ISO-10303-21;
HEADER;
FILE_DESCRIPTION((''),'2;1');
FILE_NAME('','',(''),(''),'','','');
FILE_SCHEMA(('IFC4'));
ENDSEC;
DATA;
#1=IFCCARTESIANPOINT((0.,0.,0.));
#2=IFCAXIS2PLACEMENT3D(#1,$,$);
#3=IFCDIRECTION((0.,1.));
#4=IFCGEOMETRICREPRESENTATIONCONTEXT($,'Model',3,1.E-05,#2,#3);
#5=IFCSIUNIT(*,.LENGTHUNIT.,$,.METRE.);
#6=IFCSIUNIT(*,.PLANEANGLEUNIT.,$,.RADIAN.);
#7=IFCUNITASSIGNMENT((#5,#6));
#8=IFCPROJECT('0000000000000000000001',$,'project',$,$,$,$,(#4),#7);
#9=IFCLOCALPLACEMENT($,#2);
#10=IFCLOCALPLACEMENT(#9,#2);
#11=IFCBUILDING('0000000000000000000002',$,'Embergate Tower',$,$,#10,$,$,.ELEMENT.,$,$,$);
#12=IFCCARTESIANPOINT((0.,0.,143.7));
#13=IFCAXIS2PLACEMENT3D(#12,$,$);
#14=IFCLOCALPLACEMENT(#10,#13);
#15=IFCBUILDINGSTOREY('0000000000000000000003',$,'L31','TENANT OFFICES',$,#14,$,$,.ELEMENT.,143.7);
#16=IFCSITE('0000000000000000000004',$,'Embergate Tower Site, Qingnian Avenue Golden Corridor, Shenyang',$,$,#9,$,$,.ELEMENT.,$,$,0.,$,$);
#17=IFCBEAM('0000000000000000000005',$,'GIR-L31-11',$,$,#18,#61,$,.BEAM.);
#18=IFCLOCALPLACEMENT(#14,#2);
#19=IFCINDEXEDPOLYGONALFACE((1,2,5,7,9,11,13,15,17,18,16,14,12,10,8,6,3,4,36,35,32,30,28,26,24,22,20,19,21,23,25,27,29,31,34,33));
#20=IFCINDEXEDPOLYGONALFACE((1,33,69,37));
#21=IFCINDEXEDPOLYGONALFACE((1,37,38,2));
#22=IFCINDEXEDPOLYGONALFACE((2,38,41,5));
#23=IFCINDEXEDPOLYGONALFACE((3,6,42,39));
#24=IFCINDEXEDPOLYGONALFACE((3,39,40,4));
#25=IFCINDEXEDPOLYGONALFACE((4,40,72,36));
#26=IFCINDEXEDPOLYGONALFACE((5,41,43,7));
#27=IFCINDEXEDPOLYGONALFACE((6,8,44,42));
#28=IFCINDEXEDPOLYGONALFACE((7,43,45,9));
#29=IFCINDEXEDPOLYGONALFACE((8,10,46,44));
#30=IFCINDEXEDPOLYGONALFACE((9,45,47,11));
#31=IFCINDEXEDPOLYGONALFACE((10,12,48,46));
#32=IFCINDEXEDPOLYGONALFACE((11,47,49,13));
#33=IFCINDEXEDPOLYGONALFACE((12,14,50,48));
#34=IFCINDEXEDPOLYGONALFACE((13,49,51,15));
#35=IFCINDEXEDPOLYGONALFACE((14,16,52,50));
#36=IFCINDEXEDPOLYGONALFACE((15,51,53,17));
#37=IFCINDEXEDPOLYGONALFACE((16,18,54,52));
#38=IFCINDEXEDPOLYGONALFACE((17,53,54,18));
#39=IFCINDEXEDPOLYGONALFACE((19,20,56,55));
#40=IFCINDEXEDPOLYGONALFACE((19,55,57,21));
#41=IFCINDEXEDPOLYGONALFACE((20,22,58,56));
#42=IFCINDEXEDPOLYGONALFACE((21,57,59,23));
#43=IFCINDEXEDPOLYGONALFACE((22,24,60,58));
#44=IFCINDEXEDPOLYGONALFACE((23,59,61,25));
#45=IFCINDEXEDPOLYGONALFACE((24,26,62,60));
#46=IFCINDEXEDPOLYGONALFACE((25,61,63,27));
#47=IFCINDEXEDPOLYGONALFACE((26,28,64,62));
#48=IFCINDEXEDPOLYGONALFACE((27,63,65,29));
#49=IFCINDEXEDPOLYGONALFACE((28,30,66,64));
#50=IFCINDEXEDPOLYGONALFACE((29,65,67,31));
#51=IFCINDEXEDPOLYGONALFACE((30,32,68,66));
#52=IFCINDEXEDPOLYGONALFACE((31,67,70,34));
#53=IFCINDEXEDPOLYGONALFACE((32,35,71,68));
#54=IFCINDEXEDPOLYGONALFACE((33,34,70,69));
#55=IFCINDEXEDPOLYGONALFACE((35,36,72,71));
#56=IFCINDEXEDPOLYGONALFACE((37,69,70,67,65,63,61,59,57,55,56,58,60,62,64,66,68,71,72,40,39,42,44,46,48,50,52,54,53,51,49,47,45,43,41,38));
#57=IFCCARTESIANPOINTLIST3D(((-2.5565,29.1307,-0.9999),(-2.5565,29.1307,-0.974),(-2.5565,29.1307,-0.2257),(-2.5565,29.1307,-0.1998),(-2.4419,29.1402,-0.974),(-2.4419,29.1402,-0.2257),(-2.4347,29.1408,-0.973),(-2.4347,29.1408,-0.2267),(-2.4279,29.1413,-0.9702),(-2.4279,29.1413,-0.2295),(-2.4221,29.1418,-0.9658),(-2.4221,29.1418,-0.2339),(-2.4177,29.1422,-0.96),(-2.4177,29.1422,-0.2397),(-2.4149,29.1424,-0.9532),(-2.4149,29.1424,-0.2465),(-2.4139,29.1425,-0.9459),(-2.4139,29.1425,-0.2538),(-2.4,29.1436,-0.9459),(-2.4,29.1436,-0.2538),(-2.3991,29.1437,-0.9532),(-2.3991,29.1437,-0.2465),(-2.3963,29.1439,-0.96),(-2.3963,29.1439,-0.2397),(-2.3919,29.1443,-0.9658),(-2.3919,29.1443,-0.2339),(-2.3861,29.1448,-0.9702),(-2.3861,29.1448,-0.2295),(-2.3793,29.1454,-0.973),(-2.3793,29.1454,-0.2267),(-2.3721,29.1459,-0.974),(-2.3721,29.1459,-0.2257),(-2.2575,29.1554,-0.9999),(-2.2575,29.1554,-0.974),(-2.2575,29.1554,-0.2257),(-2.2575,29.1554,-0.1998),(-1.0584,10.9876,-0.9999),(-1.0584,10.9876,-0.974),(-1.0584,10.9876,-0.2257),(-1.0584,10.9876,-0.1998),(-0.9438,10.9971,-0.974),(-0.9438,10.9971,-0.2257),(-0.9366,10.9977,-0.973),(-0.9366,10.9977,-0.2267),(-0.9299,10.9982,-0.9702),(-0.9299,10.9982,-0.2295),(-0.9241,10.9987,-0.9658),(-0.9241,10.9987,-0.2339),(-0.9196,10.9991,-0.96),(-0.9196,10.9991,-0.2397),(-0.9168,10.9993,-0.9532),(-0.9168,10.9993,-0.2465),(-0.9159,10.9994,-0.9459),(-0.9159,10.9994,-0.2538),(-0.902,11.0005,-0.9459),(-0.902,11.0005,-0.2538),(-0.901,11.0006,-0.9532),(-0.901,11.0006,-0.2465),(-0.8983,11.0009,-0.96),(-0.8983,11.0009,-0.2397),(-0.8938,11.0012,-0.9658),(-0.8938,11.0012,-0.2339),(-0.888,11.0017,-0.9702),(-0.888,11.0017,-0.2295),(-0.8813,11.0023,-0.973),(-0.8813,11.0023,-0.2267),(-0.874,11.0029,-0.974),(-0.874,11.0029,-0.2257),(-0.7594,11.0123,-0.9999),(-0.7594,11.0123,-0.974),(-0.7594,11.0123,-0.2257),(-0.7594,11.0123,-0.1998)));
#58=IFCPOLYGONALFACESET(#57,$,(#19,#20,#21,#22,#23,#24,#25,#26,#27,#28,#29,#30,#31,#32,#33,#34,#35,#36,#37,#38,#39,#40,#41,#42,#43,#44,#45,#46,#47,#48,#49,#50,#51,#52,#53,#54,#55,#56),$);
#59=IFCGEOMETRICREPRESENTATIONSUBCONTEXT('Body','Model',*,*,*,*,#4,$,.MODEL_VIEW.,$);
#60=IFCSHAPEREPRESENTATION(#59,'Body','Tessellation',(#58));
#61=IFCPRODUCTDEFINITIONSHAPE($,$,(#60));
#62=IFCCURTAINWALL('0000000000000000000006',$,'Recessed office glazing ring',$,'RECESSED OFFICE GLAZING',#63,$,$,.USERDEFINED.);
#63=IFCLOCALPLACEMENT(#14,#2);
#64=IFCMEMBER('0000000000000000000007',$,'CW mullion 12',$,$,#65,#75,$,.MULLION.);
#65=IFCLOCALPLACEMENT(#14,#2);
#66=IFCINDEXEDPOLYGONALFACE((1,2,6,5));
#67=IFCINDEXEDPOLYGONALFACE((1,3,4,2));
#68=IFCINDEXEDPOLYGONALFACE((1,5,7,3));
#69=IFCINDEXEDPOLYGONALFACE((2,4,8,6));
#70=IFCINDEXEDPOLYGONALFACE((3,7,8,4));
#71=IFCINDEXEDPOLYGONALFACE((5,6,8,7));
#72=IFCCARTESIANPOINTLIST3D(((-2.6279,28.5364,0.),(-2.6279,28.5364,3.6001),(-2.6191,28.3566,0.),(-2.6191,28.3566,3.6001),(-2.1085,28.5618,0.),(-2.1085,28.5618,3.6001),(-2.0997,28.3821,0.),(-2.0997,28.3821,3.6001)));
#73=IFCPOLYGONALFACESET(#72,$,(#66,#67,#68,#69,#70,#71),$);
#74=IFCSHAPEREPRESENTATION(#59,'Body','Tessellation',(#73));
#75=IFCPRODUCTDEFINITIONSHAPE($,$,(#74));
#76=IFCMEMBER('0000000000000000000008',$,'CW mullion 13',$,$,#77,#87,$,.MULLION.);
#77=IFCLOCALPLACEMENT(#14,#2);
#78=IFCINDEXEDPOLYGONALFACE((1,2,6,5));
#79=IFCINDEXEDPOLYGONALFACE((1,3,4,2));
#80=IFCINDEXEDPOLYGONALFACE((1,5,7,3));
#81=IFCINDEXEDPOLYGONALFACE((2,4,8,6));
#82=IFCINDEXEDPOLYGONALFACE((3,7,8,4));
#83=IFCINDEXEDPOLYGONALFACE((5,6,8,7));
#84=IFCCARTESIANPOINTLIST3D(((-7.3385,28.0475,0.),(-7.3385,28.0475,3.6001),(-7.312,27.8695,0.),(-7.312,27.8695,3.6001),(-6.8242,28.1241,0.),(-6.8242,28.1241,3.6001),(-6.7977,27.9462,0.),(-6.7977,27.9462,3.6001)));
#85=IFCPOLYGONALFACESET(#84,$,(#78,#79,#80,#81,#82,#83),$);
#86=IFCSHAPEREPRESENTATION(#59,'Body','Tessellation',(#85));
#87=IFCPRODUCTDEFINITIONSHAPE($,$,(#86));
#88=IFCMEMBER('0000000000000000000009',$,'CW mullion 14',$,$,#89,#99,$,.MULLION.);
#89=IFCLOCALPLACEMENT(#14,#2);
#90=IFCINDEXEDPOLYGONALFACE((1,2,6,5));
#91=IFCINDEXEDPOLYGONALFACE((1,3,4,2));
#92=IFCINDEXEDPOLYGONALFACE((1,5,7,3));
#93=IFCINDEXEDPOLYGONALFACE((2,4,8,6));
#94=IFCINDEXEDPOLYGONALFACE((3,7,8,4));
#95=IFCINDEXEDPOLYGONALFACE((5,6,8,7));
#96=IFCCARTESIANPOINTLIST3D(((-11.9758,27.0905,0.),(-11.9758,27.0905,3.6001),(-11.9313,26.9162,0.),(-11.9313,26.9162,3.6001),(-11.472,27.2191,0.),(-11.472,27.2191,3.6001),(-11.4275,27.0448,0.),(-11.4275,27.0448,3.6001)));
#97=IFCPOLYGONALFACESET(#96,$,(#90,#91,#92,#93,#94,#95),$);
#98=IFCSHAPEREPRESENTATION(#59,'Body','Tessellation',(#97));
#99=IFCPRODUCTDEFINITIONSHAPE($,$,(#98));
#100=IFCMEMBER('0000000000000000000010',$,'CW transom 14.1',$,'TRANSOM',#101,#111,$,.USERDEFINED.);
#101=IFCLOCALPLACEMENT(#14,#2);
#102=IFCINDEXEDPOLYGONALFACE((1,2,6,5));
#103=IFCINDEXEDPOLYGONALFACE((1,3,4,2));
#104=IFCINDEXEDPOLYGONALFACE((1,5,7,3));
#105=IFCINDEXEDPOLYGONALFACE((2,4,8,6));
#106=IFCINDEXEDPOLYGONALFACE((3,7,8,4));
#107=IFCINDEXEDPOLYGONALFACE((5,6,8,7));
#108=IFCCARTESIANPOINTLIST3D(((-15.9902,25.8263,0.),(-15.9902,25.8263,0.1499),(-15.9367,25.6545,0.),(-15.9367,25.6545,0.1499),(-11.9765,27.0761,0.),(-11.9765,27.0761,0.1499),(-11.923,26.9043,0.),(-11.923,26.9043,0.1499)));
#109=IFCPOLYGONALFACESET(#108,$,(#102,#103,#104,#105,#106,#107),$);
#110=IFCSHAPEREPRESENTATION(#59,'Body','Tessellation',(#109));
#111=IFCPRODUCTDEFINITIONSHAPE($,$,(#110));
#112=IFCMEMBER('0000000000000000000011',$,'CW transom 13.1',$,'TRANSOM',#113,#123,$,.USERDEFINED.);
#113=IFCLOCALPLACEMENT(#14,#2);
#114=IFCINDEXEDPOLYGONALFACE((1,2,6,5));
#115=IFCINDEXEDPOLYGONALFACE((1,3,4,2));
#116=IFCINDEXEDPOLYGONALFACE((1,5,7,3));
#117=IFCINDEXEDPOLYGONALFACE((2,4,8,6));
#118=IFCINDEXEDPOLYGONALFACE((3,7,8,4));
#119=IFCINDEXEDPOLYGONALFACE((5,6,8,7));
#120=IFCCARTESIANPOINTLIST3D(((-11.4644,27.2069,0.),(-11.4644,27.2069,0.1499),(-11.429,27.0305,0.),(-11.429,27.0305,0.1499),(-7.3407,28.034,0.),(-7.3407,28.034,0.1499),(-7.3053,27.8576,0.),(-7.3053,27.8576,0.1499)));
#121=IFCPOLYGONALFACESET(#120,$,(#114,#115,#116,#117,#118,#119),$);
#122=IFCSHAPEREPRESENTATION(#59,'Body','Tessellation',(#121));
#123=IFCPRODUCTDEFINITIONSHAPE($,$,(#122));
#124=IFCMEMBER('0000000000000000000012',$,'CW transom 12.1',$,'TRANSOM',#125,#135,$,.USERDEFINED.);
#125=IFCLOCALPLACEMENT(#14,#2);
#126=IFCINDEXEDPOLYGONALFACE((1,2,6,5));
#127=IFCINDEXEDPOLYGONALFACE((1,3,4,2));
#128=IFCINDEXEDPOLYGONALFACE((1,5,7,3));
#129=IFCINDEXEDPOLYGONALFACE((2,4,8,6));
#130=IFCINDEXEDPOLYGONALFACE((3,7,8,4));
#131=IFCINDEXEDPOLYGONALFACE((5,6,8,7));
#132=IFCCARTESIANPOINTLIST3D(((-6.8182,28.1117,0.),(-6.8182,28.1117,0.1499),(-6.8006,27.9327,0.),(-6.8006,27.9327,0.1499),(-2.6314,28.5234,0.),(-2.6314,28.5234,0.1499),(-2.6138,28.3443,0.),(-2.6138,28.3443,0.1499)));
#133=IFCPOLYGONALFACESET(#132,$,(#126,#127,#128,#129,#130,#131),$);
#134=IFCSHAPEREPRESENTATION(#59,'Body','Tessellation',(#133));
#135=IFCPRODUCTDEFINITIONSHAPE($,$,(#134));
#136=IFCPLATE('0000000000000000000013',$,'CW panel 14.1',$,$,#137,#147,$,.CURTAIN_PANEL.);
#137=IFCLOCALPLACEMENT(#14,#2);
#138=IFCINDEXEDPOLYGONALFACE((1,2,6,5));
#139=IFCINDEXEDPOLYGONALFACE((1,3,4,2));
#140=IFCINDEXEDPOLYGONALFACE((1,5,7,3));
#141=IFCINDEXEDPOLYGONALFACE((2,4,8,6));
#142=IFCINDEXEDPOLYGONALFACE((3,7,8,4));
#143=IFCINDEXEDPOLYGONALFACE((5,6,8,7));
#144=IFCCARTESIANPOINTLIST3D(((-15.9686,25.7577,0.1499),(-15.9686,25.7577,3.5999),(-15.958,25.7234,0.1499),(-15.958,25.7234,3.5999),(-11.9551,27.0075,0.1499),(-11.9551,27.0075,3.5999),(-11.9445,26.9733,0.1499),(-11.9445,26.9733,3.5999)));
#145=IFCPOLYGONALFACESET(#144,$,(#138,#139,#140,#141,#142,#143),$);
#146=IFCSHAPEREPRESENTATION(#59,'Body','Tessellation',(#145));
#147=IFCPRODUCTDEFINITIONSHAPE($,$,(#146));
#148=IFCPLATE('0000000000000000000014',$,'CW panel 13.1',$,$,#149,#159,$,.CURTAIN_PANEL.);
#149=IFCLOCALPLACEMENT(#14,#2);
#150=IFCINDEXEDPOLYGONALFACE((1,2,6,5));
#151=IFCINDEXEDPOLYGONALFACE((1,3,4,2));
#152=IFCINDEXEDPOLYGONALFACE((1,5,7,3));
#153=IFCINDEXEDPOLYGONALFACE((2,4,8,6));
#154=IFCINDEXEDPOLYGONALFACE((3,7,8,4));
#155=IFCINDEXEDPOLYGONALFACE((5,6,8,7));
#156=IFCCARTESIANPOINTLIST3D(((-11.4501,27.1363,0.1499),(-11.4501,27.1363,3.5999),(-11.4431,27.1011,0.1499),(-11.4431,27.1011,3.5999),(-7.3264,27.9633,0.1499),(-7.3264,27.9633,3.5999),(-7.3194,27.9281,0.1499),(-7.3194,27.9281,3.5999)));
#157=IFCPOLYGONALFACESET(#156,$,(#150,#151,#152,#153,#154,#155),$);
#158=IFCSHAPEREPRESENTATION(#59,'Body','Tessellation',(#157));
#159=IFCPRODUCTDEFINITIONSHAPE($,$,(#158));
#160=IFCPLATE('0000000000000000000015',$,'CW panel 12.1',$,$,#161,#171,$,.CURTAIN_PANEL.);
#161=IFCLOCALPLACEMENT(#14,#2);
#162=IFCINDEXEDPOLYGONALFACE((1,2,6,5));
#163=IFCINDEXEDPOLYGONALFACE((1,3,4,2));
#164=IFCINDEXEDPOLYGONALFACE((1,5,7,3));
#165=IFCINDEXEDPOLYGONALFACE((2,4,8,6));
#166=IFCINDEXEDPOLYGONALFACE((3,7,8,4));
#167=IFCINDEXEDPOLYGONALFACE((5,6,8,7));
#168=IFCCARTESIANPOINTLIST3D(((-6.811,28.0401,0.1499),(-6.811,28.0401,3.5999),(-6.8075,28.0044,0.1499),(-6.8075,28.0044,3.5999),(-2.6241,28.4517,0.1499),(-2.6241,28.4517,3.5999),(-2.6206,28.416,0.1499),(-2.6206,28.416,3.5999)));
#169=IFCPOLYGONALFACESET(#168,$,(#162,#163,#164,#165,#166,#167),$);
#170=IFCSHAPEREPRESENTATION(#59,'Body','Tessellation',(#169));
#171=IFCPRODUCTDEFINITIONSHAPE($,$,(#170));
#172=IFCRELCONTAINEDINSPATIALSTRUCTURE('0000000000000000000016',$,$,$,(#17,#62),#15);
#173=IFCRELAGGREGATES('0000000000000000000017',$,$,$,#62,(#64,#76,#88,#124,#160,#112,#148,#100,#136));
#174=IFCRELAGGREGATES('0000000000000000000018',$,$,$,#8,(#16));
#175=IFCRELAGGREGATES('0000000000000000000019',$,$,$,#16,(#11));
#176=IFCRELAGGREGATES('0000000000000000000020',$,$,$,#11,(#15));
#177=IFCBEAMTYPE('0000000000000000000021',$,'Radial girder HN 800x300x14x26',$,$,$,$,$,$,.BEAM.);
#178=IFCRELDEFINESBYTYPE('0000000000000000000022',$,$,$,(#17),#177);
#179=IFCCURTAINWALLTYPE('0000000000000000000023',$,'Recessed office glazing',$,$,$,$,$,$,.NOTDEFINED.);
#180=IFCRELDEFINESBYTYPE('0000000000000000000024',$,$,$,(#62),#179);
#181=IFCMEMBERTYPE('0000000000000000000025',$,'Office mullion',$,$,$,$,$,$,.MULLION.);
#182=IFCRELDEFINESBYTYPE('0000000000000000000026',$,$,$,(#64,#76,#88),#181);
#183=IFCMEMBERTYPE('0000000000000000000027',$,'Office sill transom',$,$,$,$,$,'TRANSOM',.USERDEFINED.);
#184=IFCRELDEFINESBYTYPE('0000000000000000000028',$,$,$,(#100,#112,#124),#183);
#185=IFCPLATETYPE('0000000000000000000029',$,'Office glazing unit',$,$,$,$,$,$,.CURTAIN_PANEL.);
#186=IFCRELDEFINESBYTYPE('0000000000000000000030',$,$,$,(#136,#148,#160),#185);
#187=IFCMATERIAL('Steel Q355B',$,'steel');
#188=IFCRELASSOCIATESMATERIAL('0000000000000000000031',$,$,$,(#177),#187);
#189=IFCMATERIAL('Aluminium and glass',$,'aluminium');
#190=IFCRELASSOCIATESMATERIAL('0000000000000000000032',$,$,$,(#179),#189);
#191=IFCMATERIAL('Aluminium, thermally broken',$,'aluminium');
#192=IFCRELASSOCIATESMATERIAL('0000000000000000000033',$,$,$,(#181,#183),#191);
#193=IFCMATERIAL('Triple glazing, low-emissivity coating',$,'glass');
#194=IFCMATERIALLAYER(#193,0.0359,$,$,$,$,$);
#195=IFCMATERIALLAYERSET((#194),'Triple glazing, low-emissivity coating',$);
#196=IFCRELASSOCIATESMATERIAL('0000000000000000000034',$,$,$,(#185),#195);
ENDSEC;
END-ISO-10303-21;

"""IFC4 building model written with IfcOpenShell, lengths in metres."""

from ifc_helpers import new_model, si_unit, direction, frame, origin, origin_2d, place, context, subcontext, project, spatial, rectangle, i_section, extrude, source, transform, mapped, material, layer, layer_set, material_profile, profile_set, type_object, element, aggregate, save


model = new_model("IFC4")

# Units and contexts
model_context = context("Model", 3, precision=1e-05, world=origin(), true_north=direction((0.0, 1.0)))
body_context = subcontext(model_context, "Body", "Model", "MODEL_VIEW")
ifc_project = project(units=[si_unit("LENGTHUNIT", "METRE"), si_unit("PLANEANGLEUNIT", "RADIAN")], contexts=[model_context])

# Site, building, storey
site_placement = place(None, origin())
site = spatial("IfcSite", under=ifc_project, at=site_placement, Name="Embergate Tower Site, Qingnian Avenue Golden Corridor, Shenyang", CompositionType="ELEMENT", RefElevation=0.0)
building_placement = place(site_placement, origin())
building = spatial("IfcBuilding", under=site, at=building_placement, Name="Embergate Tower", CompositionType="ELEMENT")
storey_placement = place(building_placement, frame((0.0, 0.0, 143.7)))
storey = spatial("IfcBuildingStorey", under=building, at=storey_placement, Name="L31", Description="TENANT OFFICES", CompositionType="ELEMENT", Elevation=143.7)

# Beam
ifc_material_1 = material(Name="Steel Q355B", Category="steel")
ifc_material_profile_1 = material_profile(ifc_material_1, i_section(OverallWidth=0.3, OverallDepth=0.8, WebThickness=0.0139, FlangeThickness=0.0259, FilletRadius=0.0281, at=origin_2d()), Name="HN 800x300x14x26")
ifc_profile_set_1 = profile_set([ifc_material_profile_1], Name="Steel Q355 grade B")
beam_type_1 = type_object("IfcBeamType", Name="Radial girder HN 800x300x14x26", PredefinedType="BEAM", material=ifc_profile_set_1)
shared_shape_1 = source(origin(), body_context, "Body", "SweptSolid", [
    extrude(i_section(OverallWidth=0.3, OverallDepth=0.8, WebThickness=0.0139, FlangeThickness=0.0259, FilletRadius=0.0281, at=origin_2d()), origin(), (0.0, 0.0, 1.0), 18.2048),
])
beam_1_placement = place(storey_placement, frame((-2.407, 29.1431, -0.5999), z_axis=(0.082289, -0.996609, 0.0), x_axis=(0.996609, 0.082289, 0.0)))
element("IfcBeam", 1, at=beam_1_placement, inside=storey, type_object=beam_type_1, Name="GIR-L31-11", PredefinedType="BEAM", context=body_context, shape_type="MappedRepresentation", body=[
    mapped(shared_shape_1, transform((0.0, 0.0, 0.0))),
])

# Curtain wall, members, plates
ifc_material_2 = material(Name="Aluminium and glass", Category="aluminium")
curtain_wall_type = type_object("IfcCurtainWallType", Name="Recessed office glazing", PredefinedType="NOTDEFINED", material=ifc_material_2)
curtain_wall_placement = place(storey_placement, origin())
curtain_wall = element("IfcCurtainWall", 2, at=curtain_wall_placement, inside=storey, type_object=curtain_wall_type, Name="Recessed office glazing ring", ObjectType="RECESSED OFFICE GLAZING", PredefinedType="USERDEFINED")
ifc_material_3 = material(Name="Aluminium, thermally broken", Category="aluminium")
ifc_material_profile_2 = material_profile(ifc_material_3, rectangle(XDim=0.1799, YDim=0.52, at=origin_2d()), Name="AL 520x180")
ifc_profile_set_2 = profile_set([ifc_material_profile_2], Name="Aluminium, thermally broken")
member_type_1 = type_object("IfcMemberType", Name="Office mullion", PredefinedType="MULLION", material=ifc_profile_set_2)
shared_shape_2 = source(origin(), body_context, "Body", "SweptSolid", [
    extrude(rectangle(XDim=0.1799, YDim=0.52, at=origin_2d()), origin(), (0.0, 0.0, 1.0), 3.6001),
])
member_1_placement = place(storey_placement, frame((-2.3638, 28.4592, 0.0), z_axis=(0.0, 0.0, 1.0), x_axis=(0.04897, -0.9988, 0.0)))
member_1 = element("IfcMember", 3, at=member_1_placement, type_object=member_type_1, Name="CW mullion 12", PredefinedType="MULLION", context=body_context, shape_type="MappedRepresentation", body=[
    mapped(shared_shape_2, transform((0.0, 0.0, 0.0))),
])
member_2_placement = place(storey_placement, frame((-7.0681, 27.9968, 0.0), z_axis=(0.0, 0.0, 1.0), x_axis=(0.147409, -0.989076, 0.0)))
member_2 = element("IfcMember", 4, at=member_2_placement, type_object=member_type_1, Name="CW mullion 13", PredefinedType="MULLION", context=body_context, shape_type="MappedRepresentation", body=[
    mapped(shared_shape_2, transform((0.0, 0.0, 0.0))),
])
member_3_placement = place(storey_placement, frame((-11.7017, 27.0676, 0.0), z_axis=(0.0, 0.0, 1.0), x_axis=(0.247307, -0.968937, 0.0)))
member_3 = element("IfcMember", 5, at=member_3_placement, type_object=member_type_1, Name="CW mullion 14", PredefinedType="MULLION", context=body_context, shape_type="MappedRepresentation", body=[
    mapped(shared_shape_2, transform((0.0, 0.0, 0.0))),
])
ifc_material_profile_3 = material_profile(ifc_material_3, rectangle(XDim=0.1799, YDim=0.1499, at=origin_2d()), Name="AL 150x180")
ifc_profile_set_3 = profile_set([ifc_material_profile_3], Name="Aluminium, thermally broken")
member_type_2 = type_object("IfcMemberType", Name="Office sill transom", ElementType="TRANSOM", PredefinedType="USERDEFINED", material=ifc_profile_set_3)
shared_shape_3 = source(origin(), body_context, "Body", "SweptSolid", [
    extrude(rectangle(XDim=0.1799, YDim=0.1499, at=origin_2d()), origin(), (0.0, 0.0, 1.0), 4.2039),
])
member_4_placement = place(storey_placement, frame((-11.9497, 26.9902, 0.075), z_axis=(-0.954785, -0.297296, 0.0), x_axis=(0.297296, -0.954785, 0.0)))
member_4 = element("IfcMember", 6, at=member_4_placement, type_object=member_type_2, Name="CW transom 14.1", ObjectType="TRANSOM", PredefinedType="USERDEFINED", context=body_context, shape_type="MappedRepresentation", body=[
    mapped(shared_shape_3, transform((0.0, 0.0, 0.0))),
])
shared_shape_4 = source(origin(), body_context, "Body", "SweptSolid", [
    extrude(rectangle(XDim=0.1799, YDim=0.1499, at=origin_2d()), origin(), (0.0, 0.0, 1.0), 4.2058),
])
member_5_placement = place(storey_placement, frame((-7.323, 27.9458, 0.075), z_axis=(-0.980471, -0.196663, 0.0), x_axis=(0.196663, -0.980471, 0.0)))
member_5 = element("IfcMember", 7, at=member_5_placement, type_object=member_type_2, Name="CW transom 13.1", ObjectType="TRANSOM", PredefinedType="USERDEFINED", context=body_context, shape_type="MappedRepresentation", body=[
    mapped(shared_shape_4, transform((0.0, 0.0, 0.0))),
])
shared_shape_5 = source(origin(), body_context, "Body", "SweptSolid", [
    extrude(rectangle(XDim=0.1799, YDim=0.1499, at=origin_2d()), origin(), (0.0, 0.0, 1.0), 4.207),
])
member_6_placement = place(storey_placement, frame((-2.6226, 28.4338, 0.075), z_axis=(-0.995202, -0.097843, 0.0), x_axis=(0.097843, -0.995202, 0.0)))
member_6 = element("IfcMember", 8, at=member_6_placement, type_object=member_type_2, Name="CW transom 12.1", ObjectType="TRANSOM", PredefinedType="USERDEFINED", context=body_context, shape_type="MappedRepresentation", body=[
    mapped(shared_shape_5, transform((0.0, 0.0, 0.0))),
])
ifc_material_4 = material(Name="Triple glazing, low-emissivity coating", Category="glass")
ifc_layer_1 = layer(ifc_material_4, 0.0359)
ifc_layer_set_1 = layer_set([ifc_layer_1], Name="Triple glazing, low-emissivity coating")
plate_type = type_object("IfcPlateType", Name="Office glazing unit", PredefinedType="CURTAIN_PANEL", material=ifc_layer_set_1)
shared_shape_6 = source(origin(), body_context, "Body", "SweptSolid", [
    extrude(rectangle(XDim=4.2036, YDim=0.0359, at=origin_2d()), origin(), (0.0, 0.0, 1.0), 3.45),
])
plate_1_placement = place(storey_placement, frame((-13.9565, 26.3655, 0.1499), z_axis=(0.0, 0.0, 1.0), x_axis=(-0.954774, -0.297333, 0.0)))
plate_1 = element("IfcPlate", 9, at=plate_1_placement, type_object=plate_type, Name="CW panel 14.1", PredefinedType="CURTAIN_PANEL", context=body_context, shape_type="MappedRepresentation", body=[
    mapped(shared_shape_6, transform((0.0, 0.0, 0.0))),
])
shared_shape_7 = source(origin(), body_context, "Body", "SweptSolid", [
    extrude(rectangle(XDim=4.2058, YDim=0.0359, at=origin_2d()), origin(), (0.0, 0.0, 1.0), 3.45),
])
plate_2_placement = place(storey_placement, frame((-9.3848, 27.5322, 0.1499), z_axis=(0.0, 0.0, 1.0), x_axis=(-0.980477, -0.196636, 0.0)))
plate_2 = element("IfcPlate", 10, at=plate_2_placement, type_object=plate_type, Name="CW panel 13.1", PredefinedType="CURTAIN_PANEL", context=body_context, shape_type="MappedRepresentation", body=[
    mapped(shared_shape_7, transform((0.0, 0.0, 0.0))),
])
shared_shape_8 = source(origin(), body_context, "Body", "SweptSolid", [
    extrude(rectangle(XDim=4.207, YDim=0.0359, at=origin_2d()), origin(), (0.0, 0.0, 1.0), 3.45),
])
plate_3_placement = place(storey_placement, frame((-4.7158, 28.228, 0.1499), z_axis=(0.0, 0.0, 1.0), x_axis=(-0.995203, -0.097828, 0.0)))
plate_3 = element("IfcPlate", 11, at=plate_3_placement, type_object=plate_type, Name="CW panel 12.1", PredefinedType="CURTAIN_PANEL", context=body_context, shape_type="MappedRepresentation", body=[
    mapped(shared_shape_8, transform((0.0, 0.0, 0.0))),
])
aggregate(curtain_wall, [member_1, member_2, member_3, member_6, plate_3, member_5, plate_2, member_4, plate_1])

save(model, "model.ifc")
